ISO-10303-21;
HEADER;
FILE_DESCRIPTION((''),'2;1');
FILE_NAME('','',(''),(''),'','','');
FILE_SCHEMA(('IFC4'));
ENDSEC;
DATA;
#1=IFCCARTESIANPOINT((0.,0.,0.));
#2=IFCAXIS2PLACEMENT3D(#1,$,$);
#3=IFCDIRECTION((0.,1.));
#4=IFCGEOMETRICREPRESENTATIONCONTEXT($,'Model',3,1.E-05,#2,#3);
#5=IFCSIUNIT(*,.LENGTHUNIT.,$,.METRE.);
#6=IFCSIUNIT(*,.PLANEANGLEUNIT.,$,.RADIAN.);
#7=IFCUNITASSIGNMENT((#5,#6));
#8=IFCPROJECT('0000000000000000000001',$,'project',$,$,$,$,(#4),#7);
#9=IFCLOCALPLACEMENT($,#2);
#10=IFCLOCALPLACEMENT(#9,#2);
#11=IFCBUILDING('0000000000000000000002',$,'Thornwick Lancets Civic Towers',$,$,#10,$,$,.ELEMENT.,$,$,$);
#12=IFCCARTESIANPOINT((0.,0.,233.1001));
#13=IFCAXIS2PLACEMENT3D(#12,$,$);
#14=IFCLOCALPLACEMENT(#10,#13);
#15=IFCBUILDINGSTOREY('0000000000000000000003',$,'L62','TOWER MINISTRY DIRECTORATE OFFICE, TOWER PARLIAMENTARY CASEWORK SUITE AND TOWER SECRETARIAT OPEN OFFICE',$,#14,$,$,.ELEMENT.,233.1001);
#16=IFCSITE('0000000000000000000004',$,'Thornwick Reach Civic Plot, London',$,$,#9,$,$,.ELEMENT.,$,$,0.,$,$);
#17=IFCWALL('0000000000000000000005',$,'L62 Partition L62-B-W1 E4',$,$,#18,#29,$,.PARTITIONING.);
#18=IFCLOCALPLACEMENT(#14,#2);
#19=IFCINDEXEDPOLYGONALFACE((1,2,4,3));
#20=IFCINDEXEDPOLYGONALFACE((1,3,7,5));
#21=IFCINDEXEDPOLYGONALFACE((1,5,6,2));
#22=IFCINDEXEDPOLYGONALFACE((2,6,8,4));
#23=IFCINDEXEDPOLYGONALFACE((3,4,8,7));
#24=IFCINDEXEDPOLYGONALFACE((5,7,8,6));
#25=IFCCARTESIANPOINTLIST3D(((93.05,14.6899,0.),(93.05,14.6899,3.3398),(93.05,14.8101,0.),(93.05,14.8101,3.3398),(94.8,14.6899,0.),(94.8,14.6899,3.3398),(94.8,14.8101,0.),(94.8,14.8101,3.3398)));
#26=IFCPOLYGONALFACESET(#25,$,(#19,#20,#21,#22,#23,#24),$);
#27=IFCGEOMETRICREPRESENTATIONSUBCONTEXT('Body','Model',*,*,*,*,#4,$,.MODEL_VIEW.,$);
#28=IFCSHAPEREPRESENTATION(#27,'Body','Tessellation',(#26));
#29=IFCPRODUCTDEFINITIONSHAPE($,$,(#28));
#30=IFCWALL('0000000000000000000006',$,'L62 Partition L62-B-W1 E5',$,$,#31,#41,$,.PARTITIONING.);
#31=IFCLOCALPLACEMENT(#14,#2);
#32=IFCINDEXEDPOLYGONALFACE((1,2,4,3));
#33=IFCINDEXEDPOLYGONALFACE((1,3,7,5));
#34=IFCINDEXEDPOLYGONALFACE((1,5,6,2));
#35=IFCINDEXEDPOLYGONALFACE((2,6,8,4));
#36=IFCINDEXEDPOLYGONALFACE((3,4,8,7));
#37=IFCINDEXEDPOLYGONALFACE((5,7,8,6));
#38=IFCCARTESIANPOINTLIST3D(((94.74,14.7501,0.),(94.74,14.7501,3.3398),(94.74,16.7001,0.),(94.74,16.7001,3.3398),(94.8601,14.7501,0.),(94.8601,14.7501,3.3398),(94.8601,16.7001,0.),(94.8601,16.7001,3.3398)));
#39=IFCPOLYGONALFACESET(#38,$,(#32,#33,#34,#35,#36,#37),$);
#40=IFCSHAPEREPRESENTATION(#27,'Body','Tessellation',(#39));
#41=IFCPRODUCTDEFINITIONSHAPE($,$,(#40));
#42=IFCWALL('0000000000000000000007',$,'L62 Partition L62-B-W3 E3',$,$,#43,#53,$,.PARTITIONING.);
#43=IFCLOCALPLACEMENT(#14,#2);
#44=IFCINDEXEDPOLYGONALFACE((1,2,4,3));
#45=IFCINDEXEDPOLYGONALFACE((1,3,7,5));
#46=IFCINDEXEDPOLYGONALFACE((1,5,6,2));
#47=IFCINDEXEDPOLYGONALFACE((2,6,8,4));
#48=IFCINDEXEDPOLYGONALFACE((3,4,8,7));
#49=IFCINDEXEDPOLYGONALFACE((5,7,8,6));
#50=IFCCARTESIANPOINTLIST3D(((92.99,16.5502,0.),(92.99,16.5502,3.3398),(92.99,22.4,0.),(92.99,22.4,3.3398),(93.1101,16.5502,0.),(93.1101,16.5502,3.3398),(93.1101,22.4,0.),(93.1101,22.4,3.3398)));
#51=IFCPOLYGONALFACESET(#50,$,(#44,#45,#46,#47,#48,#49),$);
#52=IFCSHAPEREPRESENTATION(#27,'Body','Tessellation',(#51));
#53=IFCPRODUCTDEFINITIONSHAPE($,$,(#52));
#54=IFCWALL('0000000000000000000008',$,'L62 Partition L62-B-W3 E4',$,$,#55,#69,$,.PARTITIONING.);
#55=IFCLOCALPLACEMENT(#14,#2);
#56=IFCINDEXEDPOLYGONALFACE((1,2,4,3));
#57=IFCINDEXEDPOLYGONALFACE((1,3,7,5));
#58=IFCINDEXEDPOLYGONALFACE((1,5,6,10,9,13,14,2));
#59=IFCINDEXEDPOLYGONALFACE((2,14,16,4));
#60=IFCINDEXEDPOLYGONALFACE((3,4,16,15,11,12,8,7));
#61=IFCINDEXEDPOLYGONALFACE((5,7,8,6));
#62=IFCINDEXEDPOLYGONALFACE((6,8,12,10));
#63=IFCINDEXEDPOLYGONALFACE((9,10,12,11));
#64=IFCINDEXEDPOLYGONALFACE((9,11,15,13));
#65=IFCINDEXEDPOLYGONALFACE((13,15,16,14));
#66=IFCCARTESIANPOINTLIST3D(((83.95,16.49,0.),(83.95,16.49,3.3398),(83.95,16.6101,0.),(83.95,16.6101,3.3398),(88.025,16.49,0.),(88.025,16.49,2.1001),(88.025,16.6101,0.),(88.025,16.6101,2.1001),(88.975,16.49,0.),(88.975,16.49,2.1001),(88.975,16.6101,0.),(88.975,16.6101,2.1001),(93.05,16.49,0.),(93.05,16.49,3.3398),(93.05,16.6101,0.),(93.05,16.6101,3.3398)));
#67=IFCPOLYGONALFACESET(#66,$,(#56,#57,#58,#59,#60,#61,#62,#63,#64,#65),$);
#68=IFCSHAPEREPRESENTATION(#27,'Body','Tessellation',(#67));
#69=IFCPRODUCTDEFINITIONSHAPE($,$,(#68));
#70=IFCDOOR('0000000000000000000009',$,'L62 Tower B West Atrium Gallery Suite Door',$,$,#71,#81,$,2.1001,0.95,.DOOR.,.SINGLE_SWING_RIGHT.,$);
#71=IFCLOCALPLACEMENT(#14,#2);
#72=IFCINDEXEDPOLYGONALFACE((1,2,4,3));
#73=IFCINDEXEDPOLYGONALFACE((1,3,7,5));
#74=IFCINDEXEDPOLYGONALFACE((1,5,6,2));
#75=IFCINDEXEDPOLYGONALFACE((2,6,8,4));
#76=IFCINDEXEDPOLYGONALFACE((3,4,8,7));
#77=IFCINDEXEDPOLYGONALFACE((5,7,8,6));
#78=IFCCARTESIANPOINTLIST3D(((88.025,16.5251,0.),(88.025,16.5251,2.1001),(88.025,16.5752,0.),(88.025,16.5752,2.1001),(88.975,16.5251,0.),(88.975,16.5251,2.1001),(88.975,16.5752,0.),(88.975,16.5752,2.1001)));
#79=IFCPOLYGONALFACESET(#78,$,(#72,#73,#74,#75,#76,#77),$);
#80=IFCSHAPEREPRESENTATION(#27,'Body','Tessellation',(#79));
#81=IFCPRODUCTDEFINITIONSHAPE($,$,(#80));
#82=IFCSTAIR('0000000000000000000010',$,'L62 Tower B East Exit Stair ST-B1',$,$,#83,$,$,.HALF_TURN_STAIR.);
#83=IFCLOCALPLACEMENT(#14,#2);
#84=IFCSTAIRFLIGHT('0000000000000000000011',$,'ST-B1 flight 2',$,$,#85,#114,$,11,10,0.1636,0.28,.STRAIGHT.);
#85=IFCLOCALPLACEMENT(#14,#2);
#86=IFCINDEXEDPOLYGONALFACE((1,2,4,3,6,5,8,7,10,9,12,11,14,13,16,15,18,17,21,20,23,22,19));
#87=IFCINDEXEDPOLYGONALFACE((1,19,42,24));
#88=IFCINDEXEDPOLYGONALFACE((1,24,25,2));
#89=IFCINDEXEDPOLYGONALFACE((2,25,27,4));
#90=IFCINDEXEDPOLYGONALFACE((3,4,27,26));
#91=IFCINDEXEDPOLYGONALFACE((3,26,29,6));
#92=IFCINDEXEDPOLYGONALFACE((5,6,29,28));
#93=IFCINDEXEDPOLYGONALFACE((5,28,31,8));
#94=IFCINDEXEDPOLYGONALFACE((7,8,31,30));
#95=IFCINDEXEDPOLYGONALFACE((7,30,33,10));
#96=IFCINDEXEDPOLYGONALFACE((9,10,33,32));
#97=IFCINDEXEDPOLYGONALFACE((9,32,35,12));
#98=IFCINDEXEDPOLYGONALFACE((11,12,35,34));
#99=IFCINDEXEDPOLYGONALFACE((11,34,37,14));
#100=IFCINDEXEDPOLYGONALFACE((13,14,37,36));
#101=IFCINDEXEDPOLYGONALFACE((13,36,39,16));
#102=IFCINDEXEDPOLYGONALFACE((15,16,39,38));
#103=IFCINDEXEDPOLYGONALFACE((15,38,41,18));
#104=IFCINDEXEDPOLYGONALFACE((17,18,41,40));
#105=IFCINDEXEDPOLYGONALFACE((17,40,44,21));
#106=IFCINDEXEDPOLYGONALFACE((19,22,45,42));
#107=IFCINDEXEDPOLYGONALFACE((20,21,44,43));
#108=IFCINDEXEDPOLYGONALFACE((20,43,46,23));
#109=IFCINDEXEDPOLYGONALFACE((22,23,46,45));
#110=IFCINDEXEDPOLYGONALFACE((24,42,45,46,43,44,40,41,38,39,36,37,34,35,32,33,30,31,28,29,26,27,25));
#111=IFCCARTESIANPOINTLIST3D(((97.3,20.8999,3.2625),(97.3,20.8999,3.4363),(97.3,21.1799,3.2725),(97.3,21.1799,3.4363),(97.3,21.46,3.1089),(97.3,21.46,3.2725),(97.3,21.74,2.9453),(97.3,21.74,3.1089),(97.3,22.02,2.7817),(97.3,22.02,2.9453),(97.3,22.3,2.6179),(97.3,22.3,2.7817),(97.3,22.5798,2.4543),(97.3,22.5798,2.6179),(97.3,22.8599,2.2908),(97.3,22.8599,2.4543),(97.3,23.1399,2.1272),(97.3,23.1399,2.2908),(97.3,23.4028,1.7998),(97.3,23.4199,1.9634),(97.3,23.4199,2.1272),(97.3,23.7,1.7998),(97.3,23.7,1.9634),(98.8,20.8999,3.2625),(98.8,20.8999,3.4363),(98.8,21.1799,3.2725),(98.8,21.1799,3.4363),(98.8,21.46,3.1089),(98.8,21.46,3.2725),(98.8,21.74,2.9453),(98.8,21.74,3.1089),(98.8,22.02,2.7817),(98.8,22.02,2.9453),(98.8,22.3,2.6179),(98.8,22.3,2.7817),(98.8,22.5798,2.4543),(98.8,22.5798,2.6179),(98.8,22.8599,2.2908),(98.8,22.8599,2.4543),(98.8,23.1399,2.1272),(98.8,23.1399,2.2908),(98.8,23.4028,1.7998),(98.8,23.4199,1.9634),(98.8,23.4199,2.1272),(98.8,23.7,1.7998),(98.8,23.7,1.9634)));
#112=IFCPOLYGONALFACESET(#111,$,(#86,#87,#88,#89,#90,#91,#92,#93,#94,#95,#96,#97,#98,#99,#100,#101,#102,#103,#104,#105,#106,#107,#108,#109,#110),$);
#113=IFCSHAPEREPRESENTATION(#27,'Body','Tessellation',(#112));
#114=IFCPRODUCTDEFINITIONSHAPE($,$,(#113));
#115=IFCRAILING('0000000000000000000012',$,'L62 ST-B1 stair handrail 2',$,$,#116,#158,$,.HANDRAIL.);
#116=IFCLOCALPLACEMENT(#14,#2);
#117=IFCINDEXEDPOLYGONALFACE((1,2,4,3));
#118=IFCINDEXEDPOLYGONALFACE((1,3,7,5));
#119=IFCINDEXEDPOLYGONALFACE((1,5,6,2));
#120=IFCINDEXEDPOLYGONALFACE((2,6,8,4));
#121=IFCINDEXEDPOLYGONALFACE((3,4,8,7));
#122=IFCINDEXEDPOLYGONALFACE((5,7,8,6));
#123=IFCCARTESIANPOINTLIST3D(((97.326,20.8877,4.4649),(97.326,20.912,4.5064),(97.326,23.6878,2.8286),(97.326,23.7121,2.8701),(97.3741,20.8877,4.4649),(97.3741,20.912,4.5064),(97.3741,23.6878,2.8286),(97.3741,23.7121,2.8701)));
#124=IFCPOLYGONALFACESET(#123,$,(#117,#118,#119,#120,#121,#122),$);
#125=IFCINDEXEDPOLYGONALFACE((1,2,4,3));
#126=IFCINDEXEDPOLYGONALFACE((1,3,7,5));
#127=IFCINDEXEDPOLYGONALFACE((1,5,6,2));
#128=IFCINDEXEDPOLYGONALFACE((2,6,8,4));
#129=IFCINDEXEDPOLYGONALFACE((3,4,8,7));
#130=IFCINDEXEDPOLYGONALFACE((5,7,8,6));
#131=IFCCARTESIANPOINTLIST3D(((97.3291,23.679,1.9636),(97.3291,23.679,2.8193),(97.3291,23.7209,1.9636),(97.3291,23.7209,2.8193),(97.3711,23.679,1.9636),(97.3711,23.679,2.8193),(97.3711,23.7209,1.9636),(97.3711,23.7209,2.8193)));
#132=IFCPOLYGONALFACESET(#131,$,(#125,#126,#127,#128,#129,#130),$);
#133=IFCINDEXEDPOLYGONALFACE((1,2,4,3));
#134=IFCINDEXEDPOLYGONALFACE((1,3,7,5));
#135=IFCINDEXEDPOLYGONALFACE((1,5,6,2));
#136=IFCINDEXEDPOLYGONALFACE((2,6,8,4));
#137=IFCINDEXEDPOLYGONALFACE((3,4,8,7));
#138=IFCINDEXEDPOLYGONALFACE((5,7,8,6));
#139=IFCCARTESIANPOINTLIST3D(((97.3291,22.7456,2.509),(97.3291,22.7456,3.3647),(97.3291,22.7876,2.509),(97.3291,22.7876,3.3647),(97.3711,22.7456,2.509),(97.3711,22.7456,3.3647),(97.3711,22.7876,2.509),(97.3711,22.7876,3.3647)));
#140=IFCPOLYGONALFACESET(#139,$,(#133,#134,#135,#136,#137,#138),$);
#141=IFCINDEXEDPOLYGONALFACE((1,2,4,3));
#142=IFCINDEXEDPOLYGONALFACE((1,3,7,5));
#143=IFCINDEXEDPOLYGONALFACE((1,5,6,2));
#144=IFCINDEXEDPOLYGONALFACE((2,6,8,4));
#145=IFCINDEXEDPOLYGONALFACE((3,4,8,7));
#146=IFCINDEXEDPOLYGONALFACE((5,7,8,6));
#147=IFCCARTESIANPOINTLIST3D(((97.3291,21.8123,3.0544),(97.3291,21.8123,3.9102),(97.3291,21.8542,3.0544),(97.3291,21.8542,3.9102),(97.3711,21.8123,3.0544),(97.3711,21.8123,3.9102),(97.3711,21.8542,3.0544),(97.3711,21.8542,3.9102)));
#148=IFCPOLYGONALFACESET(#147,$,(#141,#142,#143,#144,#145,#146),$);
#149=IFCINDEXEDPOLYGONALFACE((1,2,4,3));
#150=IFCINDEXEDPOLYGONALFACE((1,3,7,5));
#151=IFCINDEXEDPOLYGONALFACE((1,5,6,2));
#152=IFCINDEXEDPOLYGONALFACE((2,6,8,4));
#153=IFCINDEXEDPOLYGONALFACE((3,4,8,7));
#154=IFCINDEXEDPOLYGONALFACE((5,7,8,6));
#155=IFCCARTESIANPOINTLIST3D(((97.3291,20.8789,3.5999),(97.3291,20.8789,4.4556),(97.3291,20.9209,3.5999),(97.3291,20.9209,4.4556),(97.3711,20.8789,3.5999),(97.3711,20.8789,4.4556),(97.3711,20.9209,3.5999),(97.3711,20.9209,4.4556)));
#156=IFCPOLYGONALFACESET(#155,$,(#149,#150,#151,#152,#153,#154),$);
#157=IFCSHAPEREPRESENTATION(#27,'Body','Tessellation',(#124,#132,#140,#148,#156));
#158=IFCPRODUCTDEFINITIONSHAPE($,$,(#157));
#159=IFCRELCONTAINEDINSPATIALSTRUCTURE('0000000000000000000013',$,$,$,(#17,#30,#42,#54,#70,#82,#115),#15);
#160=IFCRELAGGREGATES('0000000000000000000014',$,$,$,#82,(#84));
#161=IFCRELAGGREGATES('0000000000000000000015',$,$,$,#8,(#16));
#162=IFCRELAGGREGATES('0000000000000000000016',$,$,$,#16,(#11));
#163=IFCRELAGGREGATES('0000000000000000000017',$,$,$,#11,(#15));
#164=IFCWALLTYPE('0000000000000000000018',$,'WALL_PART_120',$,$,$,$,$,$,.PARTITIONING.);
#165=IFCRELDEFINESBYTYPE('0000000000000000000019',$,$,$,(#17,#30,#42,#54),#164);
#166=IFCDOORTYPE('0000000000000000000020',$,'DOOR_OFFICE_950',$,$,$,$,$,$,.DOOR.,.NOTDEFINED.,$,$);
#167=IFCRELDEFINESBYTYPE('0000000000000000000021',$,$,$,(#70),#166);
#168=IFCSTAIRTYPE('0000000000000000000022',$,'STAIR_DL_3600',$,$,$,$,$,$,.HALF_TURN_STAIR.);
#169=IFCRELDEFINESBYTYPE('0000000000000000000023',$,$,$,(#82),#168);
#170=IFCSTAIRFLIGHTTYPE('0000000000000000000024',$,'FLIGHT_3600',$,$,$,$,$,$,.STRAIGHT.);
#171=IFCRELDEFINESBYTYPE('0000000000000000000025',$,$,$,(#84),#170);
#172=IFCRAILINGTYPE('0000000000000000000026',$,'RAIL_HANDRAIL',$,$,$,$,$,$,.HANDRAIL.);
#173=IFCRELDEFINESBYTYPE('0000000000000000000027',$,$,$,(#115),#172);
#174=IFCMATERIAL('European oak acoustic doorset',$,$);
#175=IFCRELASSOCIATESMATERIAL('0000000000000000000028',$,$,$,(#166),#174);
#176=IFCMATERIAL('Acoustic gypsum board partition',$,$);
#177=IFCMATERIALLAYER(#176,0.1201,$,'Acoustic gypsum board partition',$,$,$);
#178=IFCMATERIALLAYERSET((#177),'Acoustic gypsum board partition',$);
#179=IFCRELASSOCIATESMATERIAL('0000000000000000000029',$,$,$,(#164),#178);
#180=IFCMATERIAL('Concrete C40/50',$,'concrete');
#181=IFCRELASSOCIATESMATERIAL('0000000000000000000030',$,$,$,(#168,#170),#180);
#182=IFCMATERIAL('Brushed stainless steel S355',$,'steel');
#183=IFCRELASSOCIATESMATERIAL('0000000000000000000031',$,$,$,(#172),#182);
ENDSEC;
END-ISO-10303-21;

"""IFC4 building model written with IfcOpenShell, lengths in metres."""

from ifc_helpers import new_model, si_unit, direction, frame, frame_2d, origin, origin_2d, place, context, subcontext, project, spatial, polyline, rectangle, outline, extrude, material, layer, layer_set, type_object, element, fill, aggregate, save


model = new_model("IFC4")

# Units and contexts
model_context = context("Model", 3, precision=1e-05, world=origin(), true_north=direction((0.0, 1.0)))
body_context = subcontext(model_context, "Body", "Model", "MODEL_VIEW")
ifc_project = project(units=[si_unit("LENGTHUNIT", "METRE"), si_unit("PLANEANGLEUNIT", "RADIAN")], contexts=[model_context])

# Site, building, storey
site_placement = place(None, origin())
site = spatial("IfcSite", under=ifc_project, at=site_placement, Name="Thornwick Reach Civic Plot, London", CompositionType="ELEMENT", RefElevation=0.0)
building_placement = place(site_placement, origin())
building = spatial("IfcBuilding", under=site, at=building_placement, Name="Thornwick Lancets Civic Towers", CompositionType="ELEMENT")
storey_placement = place(building_placement, frame((0.0, 0.0, 233.1001)))
storey = spatial("IfcBuildingStorey", under=building, at=storey_placement, Name="L62", Description="TOWER MINISTRY DIRECTORATE OFFICE, TOWER PARLIAMENTARY CASEWORK SUITE AND TOWER SECRETARIAT OPEN OFFICE", CompositionType="ELEMENT", Elevation=233.1001)

# Shared definitions
ifc_material_1 = material(Name="European oak acoustic doorset")
door_type_1 = type_object("IfcDoorType", Name="DOOR_OFFICE_950", OperationType="NOTDEFINED", PredefinedType="DOOR", material=ifc_material_1)
ifc_material_2 = material(Name="Acoustic gypsum board partition")
ifc_layer_1 = layer(ifc_material_2, 0.1201, Name="Acoustic gypsum board partition")
ifc_layer_set_1 = layer_set([ifc_layer_1], Name="Acoustic gypsum board partition")
wall_type_1 = type_object("IfcWallType", Name="WALL_PART_120", PredefinedType="PARTITIONING", material=ifc_layer_set_1)

# Walls
wall_1_placement = place(storey_placement, frame((93.05, 14.75, 0.0), z_axis=(0.0, 0.0, 1.0), x_axis=(1.0, 0.0, 0.0)))
element("IfcWall", 1, at=wall_1_placement, inside=storey, type_object=wall_type_1, Name="L62 Partition L62-B-W1 E4", PredefinedType="PARTITIONING", context=body_context, shape_type="SweptSolid", body=[
    extrude(rectangle(XDim=1.75, YDim=0.1201, at=frame_2d((0.875, 0.0))), origin(), (0.0, 0.0, 1.0), 3.3398),
])
wall_2_placement = place(storey_placement, frame((94.8, 14.75, 0.0), z_axis=(0.0, 0.0, 1.0), x_axis=(0.0, 1.0, 0.0)))
element("IfcWall", 2, at=wall_2_placement, inside=storey, type_object=wall_type_1, Name="L62 Partition L62-B-W1 E5", PredefinedType="PARTITIONING", context=body_context, shape_type="SweptSolid", body=[
    extrude(rectangle(XDim=1.95, YDim=0.1201, at=frame_2d((0.9751, 0.0))), origin(), (0.0, 0.0, 1.0), 3.3398),
])
wall_3_placement = place(storey_placement, frame((93.05, 22.3999, 0.0), z_axis=(0.0, 0.0, 1.0), x_axis=(0.0, -1.0, 0.0)))
element("IfcWall", 3, at=wall_3_placement, inside=storey, type_object=wall_type_1, Name="L62 Partition L62-B-W3 E3", PredefinedType="PARTITIONING", context=body_context, shape_type="SweptSolid", body=[
    extrude(rectangle(XDim=5.8499, YDim=0.1201, at=frame_2d((2.9248, 0.0))), origin(), (0.0, 0.0, 1.0), 3.3398),
])

# Wall, opening, door
wall_4_placement = place(storey_placement, frame((93.05, 16.55, 0.0), z_axis=(0.0, 0.0, 1.0), x_axis=(-1.0, 0.0, 0.0)))
wall_4 = element("IfcWall", 4, at=wall_4_placement, inside=storey, type_object=wall_type_1, Name="L62 Partition L62-B-W3 E4", PredefinedType="PARTITIONING", context=body_context, shape_type="SweptSolid", body=[
    extrude(rectangle(XDim=9.1001, YDim=0.1201, at=frame_2d((4.55, 0.0))), origin(), (0.0, 0.0, 1.0), 3.3398),
])
opening_1_placement = place(wall_4_placement, frame((4.075, 0.0, 0.0)))
opening_1 = element("IfcOpeningElement", 5, at=opening_1_placement, cuts=wall_4, PredefinedType="OPENING", context=body_context, shape_type="SweptSolid", body=[
    extrude(rectangle(XDim=0.95, YDim=2.1001, at=frame_2d((0.4751, 1.05))), frame((0.0, 0.0701, 0.0), z_axis=(0.0, -1.0, 0.0), x_axis=(1.0, 0.0, 0.0)), (0.0, 0.0, 1.0), 0.1401),
])
door_1_placement = place(opening_1_placement, origin())
door_1 = element("IfcDoor", 6, at=door_1_placement, inside=storey, type_object=door_type_1, Name="L62 Tower B West Atrium Gallery Suite Door", OperationType="SINGLE_SWING_RIGHT", OverallHeight=2.1001, OverallWidth=0.95, PredefinedType="DOOR", context=body_context, shape_type="SweptSolid", body=[
    extrude(rectangle(XDim=0.95, YDim=2.1001, at=frame_2d((0.4751, 1.05))), frame((0.0, 0.0249, 0.0), z_axis=(0.0, -1.0, 0.0), x_axis=(1.0, 0.0, 0.0)), (0.0, 0.0, 1.0), 0.05),
])
fill(opening_1, door_1)

# Stair, stair flight
ifc_material_3 = material(Name="Concrete C40/50", Category="concrete")
stair_type = type_object("IfcStairType", Name="STAIR_DL_3600", PredefinedType="HALF_TURN_STAIR", material=ifc_material_3)
stair_placement = place(storey_placement, origin())
stair = element("IfcStair", 7, at=stair_placement, inside=storey, type_object=stair_type, Name="L62 Tower B East Exit Stair ST-B1", PredefinedType="HALF_TURN_STAIR")
stair_flight_type = type_object("IfcStairFlightType", Name="FLIGHT_3600", PredefinedType="STRAIGHT", material=ifc_material_3)
stair_flight_placement = place(storey_placement, frame((98.05, 23.7, 1.7998), z_axis=(0.0, 0.0, 1.0), x_axis=(0.0, -1.0, 0.0)))
stair_flight = element("IfcStairFlight", 8, at=stair_flight_placement, type_object=stair_flight_type, Name="ST-B1 flight 2", NumberOfRisers=11, NumberOfTreads=10, PredefinedType="STRAIGHT", RiserHeight=0.1636, TreadLength=0.28, context=body_context, shape_type="SweptSolid", body=[
    extrude(outline(polyline([(0.0, 0.0), (0.0, 0.1636), (0.28, 0.1636), (0.28, 0.3274), (0.5601, 0.3274), (0.5601, 0.491), (0.8401, 0.491), (0.8401, 0.6545), (1.1201, 0.6545), (1.1201, 0.8181), (1.3999, 0.8181), (1.3999, 0.9819), (1.6799, 0.9819), (1.6799, 1.1455), (1.96, 1.1455), (1.96, 1.3091), (2.24, 1.3091), (2.24, 1.4727), (2.52, 1.4727), (2.52, 1.6365), (2.8, 1.6365), (2.8, 1.8), (2.8, 1.4626), (0.2971, 0.0), (0.0, 0.0)])), frame((0.0, 0.75, 0.0), z_axis=(0.0, -1.0, 0.0), x_axis=(1.0, 0.0, 0.0)), (0.0, 0.0, 1.0), 1.5),
])
aggregate(stair, [stair_flight])

# Railing
ifc_material_4 = material(Name="Brushed stainless steel S355", Category="steel")
railing_type_1 = type_object("IfcRailingType", Name="RAIL_HANDRAIL", PredefinedType="HANDRAIL", material=ifc_material_4)
railing_1_placement = place(storey_placement, frame((97.3501, 23.7, 1.9636)))
element("IfcRailing", 9, at=railing_1_placement, inside=storey, type_object=railing_type_1, Name="L62 ST-B1 stair handrail 2", PredefinedType="HANDRAIL", context=body_context, shape_type="SweptSolid", body=[
    extrude(rectangle(XDim=0.0481, YDim=0.0481, at=origin_2d()), frame((0.0, 0.0, 0.8857), z_axis=(0.0, -0.863394, 0.504531), x_axis=(1.0, 0.0, 0.0)), (0.0, 0.0, 1.0), 3.2432),
    extrude(rectangle(XDim=0.042, YDim=0.042, at=origin_2d()), origin(), (0.0, 0.0, 1.0), 0.8557),
    extrude(rectangle(XDim=0.042, YDim=0.042, at=origin_2d()), frame((0.0, -0.9333, 0.5454)), (0.0, 0.0, 1.0), 0.8557),
    extrude(rectangle(XDim=0.042, YDim=0.042, at=origin_2d()), frame((0.0, -1.8667, 1.0908)), (0.0, 0.0, 1.0), 0.8557),
    extrude(rectangle(XDim=0.042, YDim=0.042, at=origin_2d()), frame((0.0, -2.8, 1.6362)), (0.0, 0.0, 1.0), 0.8557),
])

save(model, "model.ifc")
